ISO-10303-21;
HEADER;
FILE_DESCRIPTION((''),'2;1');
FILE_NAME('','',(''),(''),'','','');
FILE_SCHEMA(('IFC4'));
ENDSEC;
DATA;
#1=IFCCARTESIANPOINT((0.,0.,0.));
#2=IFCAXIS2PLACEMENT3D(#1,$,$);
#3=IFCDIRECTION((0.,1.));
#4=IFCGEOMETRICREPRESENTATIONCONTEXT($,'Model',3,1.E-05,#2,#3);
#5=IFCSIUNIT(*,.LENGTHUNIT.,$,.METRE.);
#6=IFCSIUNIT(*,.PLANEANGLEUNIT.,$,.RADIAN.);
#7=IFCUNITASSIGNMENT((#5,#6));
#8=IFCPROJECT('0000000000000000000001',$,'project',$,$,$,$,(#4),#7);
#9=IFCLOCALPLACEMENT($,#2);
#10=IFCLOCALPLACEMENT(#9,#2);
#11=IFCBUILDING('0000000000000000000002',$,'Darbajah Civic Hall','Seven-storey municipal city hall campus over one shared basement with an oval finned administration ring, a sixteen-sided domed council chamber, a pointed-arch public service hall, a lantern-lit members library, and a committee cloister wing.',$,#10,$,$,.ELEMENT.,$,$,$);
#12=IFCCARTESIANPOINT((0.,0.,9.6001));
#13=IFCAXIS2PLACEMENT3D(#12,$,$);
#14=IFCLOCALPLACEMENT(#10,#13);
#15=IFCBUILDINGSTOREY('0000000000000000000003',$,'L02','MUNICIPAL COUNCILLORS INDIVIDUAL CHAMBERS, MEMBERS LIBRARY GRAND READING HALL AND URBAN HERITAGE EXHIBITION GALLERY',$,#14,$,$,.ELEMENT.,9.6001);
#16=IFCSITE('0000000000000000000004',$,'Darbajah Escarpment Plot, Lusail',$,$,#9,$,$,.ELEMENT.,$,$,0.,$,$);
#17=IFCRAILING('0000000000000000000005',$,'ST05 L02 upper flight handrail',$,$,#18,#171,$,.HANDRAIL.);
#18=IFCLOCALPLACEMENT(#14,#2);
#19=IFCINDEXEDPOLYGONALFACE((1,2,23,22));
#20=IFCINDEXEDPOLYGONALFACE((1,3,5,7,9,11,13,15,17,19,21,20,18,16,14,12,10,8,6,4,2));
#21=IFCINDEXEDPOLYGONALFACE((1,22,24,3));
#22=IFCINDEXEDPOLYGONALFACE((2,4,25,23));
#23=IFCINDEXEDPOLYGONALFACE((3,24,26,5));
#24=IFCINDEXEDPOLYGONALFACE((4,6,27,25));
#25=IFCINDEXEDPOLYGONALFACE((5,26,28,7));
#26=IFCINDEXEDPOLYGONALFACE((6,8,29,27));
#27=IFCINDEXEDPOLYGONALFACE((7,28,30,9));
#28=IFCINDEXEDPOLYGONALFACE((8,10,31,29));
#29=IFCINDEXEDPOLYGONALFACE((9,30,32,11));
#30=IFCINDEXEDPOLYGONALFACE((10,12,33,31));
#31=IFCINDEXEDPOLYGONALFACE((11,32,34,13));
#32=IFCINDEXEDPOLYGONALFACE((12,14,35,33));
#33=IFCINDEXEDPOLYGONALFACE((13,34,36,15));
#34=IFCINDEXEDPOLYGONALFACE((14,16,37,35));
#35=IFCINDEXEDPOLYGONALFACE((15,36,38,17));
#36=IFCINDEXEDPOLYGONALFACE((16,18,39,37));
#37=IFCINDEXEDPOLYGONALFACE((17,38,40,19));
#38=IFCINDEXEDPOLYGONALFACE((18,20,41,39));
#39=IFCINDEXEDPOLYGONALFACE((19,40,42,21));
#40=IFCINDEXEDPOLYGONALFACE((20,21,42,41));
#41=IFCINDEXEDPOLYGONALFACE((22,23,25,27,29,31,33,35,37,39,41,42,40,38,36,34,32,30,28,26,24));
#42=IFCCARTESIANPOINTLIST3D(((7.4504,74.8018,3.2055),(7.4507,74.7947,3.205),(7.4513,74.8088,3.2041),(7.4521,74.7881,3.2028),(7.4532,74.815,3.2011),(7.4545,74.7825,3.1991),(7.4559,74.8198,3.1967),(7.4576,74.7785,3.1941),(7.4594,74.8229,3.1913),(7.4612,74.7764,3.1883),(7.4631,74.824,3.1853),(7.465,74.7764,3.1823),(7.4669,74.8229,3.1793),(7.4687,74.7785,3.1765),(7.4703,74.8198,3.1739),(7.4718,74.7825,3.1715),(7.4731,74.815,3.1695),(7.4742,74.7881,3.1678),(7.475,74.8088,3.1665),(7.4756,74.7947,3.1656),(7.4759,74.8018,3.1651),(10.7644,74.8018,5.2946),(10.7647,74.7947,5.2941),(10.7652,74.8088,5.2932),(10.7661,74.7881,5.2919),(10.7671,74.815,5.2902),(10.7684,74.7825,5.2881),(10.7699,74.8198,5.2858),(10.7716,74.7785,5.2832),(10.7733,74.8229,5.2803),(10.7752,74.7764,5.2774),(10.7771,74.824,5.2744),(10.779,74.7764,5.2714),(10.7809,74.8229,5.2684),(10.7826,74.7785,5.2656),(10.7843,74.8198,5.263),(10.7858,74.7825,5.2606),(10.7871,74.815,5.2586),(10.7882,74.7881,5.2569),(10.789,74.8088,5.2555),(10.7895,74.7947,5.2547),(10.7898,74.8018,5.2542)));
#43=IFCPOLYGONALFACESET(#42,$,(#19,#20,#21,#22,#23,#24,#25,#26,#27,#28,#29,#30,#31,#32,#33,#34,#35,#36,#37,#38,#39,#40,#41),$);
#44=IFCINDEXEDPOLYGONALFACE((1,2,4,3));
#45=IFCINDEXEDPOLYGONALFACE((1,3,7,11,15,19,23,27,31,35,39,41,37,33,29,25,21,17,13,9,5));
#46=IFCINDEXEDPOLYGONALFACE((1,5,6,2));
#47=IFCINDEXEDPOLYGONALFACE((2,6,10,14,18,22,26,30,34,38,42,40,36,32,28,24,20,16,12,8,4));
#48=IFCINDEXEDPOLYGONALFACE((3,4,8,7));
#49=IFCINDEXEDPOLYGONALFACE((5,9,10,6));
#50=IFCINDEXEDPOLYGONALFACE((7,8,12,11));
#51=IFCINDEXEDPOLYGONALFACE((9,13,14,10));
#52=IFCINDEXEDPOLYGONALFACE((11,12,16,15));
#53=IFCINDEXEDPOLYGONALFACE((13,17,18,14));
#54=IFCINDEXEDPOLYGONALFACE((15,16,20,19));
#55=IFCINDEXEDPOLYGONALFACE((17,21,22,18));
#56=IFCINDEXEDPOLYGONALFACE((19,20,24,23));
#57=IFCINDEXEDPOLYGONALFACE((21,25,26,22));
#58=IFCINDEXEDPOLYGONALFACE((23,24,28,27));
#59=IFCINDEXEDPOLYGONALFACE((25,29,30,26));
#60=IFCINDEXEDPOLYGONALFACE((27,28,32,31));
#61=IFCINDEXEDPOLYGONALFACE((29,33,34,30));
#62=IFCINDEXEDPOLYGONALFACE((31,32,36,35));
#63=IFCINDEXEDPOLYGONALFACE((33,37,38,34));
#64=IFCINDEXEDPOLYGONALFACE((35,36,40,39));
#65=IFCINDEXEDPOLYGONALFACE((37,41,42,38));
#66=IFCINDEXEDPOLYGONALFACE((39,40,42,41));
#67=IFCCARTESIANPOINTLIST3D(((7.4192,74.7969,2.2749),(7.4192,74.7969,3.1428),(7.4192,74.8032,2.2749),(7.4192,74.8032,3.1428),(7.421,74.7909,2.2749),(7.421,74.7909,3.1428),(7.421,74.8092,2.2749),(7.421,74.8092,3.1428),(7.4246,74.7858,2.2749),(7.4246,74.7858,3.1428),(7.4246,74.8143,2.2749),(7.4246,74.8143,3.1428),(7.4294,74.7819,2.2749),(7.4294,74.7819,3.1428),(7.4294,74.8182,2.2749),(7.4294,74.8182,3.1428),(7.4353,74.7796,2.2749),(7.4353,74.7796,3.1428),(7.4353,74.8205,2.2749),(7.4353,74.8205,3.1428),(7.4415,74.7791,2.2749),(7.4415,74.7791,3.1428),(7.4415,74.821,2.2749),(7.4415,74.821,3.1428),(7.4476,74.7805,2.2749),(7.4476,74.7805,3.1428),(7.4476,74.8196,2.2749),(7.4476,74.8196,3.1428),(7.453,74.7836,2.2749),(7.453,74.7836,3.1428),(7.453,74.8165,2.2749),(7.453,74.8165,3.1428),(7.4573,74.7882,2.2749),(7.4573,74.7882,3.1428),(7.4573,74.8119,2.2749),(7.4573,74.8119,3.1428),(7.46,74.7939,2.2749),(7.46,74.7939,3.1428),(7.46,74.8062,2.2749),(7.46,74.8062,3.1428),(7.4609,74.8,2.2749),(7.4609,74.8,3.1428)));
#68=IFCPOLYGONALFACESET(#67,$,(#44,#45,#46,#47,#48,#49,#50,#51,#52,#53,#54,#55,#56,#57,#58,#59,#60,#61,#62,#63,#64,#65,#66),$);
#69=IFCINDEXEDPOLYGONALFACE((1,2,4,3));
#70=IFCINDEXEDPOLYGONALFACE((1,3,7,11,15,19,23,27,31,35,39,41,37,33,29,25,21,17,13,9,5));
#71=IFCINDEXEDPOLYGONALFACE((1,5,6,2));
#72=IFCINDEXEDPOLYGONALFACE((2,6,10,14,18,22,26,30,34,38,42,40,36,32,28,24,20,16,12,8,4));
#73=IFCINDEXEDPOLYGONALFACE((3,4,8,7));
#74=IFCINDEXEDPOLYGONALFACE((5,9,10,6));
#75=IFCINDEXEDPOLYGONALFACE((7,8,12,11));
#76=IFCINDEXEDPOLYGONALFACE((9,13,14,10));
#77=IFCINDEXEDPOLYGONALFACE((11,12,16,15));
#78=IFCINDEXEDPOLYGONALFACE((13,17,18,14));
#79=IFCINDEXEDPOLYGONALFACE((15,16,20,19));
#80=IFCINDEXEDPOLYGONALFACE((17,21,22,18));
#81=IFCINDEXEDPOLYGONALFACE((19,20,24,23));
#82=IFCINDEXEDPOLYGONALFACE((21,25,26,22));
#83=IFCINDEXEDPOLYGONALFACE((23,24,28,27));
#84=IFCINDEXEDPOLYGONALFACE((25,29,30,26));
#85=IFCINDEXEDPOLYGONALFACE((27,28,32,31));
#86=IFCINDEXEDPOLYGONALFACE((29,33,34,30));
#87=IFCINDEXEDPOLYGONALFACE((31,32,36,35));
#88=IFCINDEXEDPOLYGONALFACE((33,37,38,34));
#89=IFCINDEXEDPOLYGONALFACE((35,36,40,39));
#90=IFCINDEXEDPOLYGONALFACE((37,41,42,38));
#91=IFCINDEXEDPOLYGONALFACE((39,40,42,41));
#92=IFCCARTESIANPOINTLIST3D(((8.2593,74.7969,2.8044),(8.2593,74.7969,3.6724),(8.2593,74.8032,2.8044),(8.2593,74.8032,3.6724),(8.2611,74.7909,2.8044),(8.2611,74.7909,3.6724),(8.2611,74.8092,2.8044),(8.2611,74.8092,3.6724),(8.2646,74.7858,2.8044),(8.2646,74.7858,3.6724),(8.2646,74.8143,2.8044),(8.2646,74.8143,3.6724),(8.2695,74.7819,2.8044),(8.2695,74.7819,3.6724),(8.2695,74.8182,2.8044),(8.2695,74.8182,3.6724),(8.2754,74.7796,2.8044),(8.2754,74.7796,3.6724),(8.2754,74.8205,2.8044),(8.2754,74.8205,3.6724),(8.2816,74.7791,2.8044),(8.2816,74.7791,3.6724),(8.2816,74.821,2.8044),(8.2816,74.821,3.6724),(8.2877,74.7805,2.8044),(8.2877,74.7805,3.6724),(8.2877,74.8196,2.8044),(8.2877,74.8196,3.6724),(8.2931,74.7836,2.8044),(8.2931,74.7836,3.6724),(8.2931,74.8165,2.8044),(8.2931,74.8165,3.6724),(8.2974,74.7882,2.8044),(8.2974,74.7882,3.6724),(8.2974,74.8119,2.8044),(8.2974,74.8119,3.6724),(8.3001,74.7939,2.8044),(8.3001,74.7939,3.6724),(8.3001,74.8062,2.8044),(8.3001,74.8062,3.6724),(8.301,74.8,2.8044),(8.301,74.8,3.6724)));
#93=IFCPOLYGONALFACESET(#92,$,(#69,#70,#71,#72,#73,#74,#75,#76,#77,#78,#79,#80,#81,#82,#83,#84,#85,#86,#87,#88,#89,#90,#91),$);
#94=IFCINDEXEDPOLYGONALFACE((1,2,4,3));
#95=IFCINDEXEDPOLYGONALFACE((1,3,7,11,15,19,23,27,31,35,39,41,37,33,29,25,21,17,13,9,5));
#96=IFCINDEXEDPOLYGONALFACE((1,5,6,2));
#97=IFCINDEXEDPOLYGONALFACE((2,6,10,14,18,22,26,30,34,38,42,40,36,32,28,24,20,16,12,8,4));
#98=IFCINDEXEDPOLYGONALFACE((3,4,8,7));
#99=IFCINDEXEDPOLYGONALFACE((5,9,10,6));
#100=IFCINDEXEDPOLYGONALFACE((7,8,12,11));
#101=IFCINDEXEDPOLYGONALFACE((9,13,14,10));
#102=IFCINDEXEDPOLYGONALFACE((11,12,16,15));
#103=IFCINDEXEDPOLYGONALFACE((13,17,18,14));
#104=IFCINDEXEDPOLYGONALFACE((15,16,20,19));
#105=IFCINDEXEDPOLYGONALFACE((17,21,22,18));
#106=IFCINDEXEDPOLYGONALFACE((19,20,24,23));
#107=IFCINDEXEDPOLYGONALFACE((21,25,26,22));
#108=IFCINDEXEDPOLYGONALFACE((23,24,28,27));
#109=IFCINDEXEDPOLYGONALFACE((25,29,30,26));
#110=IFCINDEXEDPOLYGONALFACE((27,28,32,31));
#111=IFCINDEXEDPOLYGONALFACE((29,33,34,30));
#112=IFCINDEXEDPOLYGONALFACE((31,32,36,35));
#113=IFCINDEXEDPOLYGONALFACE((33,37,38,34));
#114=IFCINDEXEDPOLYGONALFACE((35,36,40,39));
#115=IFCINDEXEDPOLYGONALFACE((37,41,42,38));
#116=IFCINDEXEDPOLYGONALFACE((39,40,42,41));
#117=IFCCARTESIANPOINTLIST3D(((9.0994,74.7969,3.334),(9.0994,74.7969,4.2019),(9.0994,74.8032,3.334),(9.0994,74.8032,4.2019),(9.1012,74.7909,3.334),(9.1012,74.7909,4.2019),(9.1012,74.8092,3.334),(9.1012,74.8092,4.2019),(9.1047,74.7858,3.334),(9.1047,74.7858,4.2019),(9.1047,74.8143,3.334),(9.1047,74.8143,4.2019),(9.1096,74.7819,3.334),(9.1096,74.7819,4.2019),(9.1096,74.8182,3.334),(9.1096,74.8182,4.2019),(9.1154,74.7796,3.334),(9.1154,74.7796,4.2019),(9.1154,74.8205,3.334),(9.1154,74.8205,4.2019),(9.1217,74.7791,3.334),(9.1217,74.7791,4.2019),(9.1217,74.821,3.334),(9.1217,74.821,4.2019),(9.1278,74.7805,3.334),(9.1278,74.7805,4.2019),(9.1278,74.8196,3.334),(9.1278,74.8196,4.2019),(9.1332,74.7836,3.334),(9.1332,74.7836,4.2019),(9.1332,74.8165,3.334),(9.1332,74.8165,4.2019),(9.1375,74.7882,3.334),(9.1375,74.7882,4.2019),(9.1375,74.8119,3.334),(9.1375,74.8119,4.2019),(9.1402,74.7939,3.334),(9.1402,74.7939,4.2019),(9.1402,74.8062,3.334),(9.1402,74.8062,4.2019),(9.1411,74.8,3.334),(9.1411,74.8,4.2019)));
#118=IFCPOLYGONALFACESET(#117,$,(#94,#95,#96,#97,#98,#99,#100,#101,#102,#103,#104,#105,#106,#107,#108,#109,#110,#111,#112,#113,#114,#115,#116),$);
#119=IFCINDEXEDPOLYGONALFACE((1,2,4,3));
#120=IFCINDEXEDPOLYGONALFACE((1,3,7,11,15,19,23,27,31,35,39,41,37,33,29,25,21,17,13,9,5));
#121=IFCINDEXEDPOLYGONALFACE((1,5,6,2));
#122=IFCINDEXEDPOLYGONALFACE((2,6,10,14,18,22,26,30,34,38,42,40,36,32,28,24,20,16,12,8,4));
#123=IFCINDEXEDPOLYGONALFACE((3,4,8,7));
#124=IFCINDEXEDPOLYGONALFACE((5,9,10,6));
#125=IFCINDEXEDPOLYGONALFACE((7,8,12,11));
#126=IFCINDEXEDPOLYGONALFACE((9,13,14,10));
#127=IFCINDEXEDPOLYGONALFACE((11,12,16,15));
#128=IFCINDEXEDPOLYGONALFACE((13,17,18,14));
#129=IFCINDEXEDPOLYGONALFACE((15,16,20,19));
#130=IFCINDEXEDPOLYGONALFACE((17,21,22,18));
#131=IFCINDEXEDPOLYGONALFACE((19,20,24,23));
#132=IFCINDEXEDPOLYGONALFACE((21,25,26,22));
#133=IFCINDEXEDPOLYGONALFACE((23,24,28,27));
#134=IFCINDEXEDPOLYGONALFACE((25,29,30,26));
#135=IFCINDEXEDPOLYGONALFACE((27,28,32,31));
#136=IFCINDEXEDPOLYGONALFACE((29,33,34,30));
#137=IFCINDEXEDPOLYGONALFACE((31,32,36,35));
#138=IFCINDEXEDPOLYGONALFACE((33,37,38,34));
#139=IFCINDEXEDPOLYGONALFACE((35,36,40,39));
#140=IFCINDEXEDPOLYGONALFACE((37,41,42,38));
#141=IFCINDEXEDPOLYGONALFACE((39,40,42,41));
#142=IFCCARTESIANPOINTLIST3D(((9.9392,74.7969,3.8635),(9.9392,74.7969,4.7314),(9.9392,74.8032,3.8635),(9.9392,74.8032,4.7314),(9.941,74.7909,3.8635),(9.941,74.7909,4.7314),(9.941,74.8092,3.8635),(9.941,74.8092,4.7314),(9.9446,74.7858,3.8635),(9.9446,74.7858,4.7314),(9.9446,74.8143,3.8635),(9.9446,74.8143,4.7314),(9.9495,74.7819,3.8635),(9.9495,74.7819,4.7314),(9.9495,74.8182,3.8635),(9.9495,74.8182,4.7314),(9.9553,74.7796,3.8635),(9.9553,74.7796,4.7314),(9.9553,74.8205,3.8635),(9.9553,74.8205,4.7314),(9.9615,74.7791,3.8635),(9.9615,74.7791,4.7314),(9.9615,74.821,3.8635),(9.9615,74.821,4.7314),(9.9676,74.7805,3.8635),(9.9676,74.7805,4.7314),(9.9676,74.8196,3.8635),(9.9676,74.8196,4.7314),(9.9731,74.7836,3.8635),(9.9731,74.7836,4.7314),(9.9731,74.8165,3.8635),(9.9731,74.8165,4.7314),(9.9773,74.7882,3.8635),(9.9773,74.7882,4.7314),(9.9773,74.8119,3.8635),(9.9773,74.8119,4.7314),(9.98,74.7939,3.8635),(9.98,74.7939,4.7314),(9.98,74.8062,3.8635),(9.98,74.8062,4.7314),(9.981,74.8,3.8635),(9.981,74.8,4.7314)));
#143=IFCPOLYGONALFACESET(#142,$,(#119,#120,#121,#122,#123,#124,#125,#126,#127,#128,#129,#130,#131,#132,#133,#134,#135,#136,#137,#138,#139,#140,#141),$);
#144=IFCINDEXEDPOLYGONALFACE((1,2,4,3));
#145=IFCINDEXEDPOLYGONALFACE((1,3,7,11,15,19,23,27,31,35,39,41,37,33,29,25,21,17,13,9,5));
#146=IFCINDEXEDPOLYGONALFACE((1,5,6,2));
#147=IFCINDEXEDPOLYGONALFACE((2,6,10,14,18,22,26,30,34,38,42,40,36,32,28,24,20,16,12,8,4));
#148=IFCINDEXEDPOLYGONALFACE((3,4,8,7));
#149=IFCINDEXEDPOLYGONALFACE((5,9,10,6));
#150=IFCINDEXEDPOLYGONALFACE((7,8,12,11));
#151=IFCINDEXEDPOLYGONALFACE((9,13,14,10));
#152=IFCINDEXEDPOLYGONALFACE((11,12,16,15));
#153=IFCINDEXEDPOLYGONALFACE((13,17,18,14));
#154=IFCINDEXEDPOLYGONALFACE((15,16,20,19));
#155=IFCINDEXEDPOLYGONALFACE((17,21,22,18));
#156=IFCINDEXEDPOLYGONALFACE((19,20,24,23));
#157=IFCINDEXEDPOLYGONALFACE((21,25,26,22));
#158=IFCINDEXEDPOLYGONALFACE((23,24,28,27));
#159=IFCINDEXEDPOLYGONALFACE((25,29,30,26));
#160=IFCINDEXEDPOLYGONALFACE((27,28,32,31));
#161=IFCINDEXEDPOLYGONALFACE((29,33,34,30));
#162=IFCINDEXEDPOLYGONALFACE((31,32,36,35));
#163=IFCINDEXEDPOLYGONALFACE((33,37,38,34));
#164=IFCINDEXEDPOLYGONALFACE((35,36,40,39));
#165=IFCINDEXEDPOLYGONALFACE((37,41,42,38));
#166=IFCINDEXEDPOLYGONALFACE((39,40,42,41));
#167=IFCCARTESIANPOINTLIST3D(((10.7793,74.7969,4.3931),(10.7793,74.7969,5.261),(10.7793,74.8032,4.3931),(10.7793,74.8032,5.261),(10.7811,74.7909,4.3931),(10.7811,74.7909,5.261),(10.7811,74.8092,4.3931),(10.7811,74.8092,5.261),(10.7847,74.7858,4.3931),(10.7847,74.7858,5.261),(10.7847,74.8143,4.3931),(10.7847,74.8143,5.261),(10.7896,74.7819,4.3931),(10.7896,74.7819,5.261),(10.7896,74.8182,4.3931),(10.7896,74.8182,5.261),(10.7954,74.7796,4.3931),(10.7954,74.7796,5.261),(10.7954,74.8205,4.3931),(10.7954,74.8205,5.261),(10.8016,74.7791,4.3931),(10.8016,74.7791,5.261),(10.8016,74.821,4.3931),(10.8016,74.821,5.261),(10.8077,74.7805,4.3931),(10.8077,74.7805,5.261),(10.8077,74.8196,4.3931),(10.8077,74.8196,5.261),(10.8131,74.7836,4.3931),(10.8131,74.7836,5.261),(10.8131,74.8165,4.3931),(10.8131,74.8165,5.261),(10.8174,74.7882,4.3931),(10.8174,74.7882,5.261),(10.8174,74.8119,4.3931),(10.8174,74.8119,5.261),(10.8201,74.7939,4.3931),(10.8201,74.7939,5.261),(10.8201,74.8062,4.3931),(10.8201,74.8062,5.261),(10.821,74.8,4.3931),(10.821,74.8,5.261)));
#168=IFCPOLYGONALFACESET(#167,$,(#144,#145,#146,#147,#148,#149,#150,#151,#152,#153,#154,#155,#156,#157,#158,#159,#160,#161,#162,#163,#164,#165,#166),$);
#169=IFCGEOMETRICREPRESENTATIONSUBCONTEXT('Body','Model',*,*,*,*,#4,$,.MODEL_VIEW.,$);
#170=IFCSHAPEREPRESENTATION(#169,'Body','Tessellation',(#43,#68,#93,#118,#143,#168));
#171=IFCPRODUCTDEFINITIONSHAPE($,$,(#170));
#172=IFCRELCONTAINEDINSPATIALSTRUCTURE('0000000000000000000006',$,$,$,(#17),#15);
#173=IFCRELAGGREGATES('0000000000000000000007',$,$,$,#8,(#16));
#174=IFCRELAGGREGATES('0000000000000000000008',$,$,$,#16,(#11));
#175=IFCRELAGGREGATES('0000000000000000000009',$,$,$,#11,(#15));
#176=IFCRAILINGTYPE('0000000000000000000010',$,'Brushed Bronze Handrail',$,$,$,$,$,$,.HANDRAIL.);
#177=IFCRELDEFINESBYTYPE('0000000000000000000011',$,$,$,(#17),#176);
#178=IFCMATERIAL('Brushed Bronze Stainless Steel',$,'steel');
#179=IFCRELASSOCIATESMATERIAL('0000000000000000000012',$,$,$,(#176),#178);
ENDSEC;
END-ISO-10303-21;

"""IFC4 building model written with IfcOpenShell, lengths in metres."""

from ifc_helpers import new_model, si_unit, direction, frame, origin, origin_2d, place, context, subcontext, project, spatial, circle, extrude, material, type_object, element, save


model = new_model("IFC4")

# Units and contexts
model_context = context("Model", 3, precision=1e-05, world=origin(), true_north=direction((0.0, 1.0)))
body_context = subcontext(model_context, "Body", "Model", "MODEL_VIEW")
ifc_project = project(units=[si_unit("LENGTHUNIT", "METRE"), si_unit("PLANEANGLEUNIT", "RADIAN")], contexts=[model_context])

# Site, building, storey
site_placement = place(None, origin())
site = spatial("IfcSite", under=ifc_project, at=site_placement, Name="Darbajah Escarpment Plot, Lusail", CompositionType="ELEMENT", RefElevation=0.0)
building_placement = place(site_placement, origin())
building = spatial("IfcBuilding", under=site, at=building_placement, Name="Darbajah Civic Hall", Description="Seven-storey municipal city hall campus over one shared basement with an oval finned administration ring, a sixteen-sided domed council chamber, a pointed-arch public service hall, a lantern-lit members library, and a committee cloister wing.", CompositionType="ELEMENT")
storey_placement = place(building_placement, frame((0.0, 0.0, 9.6001)))
storey = spatial("IfcBuildingStorey", under=building, at=storey_placement, Name="L02", Description="MUNICIPAL COUNCILLORS INDIVIDUAL CHAMBERS, MEMBERS LIBRARY GRAND READING HALL AND URBAN HERITAGE EXHIBITION GALLERY", CompositionType="ELEMENT", Elevation=9.6001)

# Railing
ifc_material_1 = material(Name="Brushed Bronze Stainless Steel", Category="steel")
railing_type_1 = type_object("IfcRailingType", Name="Brushed Bronze Handrail", PredefinedType="HANDRAIL", material=ifc_material_1)
railing_1_placement = place(storey_placement, frame((7.4399, 74.8, 2.2749)))
element("IfcRailing", 1, at=railing_1_placement, inside=storey, type_object=railing_type_1, Name="ST05 L02 upper flight handrail", PredefinedType="HANDRAIL", context=body_context, shape_type="SweptSolid", body=[
    extrude(circle(Radius=0.0239, at=origin_2d()), frame((0.0232, 0.0, 0.9104), z_axis=(0.845944, 0.0, 0.533271), x_axis=(0.0, 1.0, 0.0)), (0.0, 0.0, 1.0), 3.9175),
    extrude(circle(Radius=0.021, at=origin_2d()), origin(), (0.0, 0.0, 1.0), 0.8679),
    extrude(circle(Radius=0.021, at=origin_2d()), frame((0.8401, 0.0, 0.5295)), (0.0, 0.0, 1.0), 0.8679),
    extrude(circle(Radius=0.021, at=origin_2d()), frame((1.6802, 0.0, 1.0591)), (0.0, 0.0, 1.0), 0.8679),
    extrude(circle(Radius=0.021, at=origin_2d()), frame((2.52, 0.0, 1.5886)), (0.0, 0.0, 1.0), 0.8679),
    extrude(circle(Radius=0.021, at=origin_2d()), frame((3.3601, 0.0, 2.1182)), (0.0, 0.0, 1.0), 0.8679),
])

save(model, "model.ifc")
